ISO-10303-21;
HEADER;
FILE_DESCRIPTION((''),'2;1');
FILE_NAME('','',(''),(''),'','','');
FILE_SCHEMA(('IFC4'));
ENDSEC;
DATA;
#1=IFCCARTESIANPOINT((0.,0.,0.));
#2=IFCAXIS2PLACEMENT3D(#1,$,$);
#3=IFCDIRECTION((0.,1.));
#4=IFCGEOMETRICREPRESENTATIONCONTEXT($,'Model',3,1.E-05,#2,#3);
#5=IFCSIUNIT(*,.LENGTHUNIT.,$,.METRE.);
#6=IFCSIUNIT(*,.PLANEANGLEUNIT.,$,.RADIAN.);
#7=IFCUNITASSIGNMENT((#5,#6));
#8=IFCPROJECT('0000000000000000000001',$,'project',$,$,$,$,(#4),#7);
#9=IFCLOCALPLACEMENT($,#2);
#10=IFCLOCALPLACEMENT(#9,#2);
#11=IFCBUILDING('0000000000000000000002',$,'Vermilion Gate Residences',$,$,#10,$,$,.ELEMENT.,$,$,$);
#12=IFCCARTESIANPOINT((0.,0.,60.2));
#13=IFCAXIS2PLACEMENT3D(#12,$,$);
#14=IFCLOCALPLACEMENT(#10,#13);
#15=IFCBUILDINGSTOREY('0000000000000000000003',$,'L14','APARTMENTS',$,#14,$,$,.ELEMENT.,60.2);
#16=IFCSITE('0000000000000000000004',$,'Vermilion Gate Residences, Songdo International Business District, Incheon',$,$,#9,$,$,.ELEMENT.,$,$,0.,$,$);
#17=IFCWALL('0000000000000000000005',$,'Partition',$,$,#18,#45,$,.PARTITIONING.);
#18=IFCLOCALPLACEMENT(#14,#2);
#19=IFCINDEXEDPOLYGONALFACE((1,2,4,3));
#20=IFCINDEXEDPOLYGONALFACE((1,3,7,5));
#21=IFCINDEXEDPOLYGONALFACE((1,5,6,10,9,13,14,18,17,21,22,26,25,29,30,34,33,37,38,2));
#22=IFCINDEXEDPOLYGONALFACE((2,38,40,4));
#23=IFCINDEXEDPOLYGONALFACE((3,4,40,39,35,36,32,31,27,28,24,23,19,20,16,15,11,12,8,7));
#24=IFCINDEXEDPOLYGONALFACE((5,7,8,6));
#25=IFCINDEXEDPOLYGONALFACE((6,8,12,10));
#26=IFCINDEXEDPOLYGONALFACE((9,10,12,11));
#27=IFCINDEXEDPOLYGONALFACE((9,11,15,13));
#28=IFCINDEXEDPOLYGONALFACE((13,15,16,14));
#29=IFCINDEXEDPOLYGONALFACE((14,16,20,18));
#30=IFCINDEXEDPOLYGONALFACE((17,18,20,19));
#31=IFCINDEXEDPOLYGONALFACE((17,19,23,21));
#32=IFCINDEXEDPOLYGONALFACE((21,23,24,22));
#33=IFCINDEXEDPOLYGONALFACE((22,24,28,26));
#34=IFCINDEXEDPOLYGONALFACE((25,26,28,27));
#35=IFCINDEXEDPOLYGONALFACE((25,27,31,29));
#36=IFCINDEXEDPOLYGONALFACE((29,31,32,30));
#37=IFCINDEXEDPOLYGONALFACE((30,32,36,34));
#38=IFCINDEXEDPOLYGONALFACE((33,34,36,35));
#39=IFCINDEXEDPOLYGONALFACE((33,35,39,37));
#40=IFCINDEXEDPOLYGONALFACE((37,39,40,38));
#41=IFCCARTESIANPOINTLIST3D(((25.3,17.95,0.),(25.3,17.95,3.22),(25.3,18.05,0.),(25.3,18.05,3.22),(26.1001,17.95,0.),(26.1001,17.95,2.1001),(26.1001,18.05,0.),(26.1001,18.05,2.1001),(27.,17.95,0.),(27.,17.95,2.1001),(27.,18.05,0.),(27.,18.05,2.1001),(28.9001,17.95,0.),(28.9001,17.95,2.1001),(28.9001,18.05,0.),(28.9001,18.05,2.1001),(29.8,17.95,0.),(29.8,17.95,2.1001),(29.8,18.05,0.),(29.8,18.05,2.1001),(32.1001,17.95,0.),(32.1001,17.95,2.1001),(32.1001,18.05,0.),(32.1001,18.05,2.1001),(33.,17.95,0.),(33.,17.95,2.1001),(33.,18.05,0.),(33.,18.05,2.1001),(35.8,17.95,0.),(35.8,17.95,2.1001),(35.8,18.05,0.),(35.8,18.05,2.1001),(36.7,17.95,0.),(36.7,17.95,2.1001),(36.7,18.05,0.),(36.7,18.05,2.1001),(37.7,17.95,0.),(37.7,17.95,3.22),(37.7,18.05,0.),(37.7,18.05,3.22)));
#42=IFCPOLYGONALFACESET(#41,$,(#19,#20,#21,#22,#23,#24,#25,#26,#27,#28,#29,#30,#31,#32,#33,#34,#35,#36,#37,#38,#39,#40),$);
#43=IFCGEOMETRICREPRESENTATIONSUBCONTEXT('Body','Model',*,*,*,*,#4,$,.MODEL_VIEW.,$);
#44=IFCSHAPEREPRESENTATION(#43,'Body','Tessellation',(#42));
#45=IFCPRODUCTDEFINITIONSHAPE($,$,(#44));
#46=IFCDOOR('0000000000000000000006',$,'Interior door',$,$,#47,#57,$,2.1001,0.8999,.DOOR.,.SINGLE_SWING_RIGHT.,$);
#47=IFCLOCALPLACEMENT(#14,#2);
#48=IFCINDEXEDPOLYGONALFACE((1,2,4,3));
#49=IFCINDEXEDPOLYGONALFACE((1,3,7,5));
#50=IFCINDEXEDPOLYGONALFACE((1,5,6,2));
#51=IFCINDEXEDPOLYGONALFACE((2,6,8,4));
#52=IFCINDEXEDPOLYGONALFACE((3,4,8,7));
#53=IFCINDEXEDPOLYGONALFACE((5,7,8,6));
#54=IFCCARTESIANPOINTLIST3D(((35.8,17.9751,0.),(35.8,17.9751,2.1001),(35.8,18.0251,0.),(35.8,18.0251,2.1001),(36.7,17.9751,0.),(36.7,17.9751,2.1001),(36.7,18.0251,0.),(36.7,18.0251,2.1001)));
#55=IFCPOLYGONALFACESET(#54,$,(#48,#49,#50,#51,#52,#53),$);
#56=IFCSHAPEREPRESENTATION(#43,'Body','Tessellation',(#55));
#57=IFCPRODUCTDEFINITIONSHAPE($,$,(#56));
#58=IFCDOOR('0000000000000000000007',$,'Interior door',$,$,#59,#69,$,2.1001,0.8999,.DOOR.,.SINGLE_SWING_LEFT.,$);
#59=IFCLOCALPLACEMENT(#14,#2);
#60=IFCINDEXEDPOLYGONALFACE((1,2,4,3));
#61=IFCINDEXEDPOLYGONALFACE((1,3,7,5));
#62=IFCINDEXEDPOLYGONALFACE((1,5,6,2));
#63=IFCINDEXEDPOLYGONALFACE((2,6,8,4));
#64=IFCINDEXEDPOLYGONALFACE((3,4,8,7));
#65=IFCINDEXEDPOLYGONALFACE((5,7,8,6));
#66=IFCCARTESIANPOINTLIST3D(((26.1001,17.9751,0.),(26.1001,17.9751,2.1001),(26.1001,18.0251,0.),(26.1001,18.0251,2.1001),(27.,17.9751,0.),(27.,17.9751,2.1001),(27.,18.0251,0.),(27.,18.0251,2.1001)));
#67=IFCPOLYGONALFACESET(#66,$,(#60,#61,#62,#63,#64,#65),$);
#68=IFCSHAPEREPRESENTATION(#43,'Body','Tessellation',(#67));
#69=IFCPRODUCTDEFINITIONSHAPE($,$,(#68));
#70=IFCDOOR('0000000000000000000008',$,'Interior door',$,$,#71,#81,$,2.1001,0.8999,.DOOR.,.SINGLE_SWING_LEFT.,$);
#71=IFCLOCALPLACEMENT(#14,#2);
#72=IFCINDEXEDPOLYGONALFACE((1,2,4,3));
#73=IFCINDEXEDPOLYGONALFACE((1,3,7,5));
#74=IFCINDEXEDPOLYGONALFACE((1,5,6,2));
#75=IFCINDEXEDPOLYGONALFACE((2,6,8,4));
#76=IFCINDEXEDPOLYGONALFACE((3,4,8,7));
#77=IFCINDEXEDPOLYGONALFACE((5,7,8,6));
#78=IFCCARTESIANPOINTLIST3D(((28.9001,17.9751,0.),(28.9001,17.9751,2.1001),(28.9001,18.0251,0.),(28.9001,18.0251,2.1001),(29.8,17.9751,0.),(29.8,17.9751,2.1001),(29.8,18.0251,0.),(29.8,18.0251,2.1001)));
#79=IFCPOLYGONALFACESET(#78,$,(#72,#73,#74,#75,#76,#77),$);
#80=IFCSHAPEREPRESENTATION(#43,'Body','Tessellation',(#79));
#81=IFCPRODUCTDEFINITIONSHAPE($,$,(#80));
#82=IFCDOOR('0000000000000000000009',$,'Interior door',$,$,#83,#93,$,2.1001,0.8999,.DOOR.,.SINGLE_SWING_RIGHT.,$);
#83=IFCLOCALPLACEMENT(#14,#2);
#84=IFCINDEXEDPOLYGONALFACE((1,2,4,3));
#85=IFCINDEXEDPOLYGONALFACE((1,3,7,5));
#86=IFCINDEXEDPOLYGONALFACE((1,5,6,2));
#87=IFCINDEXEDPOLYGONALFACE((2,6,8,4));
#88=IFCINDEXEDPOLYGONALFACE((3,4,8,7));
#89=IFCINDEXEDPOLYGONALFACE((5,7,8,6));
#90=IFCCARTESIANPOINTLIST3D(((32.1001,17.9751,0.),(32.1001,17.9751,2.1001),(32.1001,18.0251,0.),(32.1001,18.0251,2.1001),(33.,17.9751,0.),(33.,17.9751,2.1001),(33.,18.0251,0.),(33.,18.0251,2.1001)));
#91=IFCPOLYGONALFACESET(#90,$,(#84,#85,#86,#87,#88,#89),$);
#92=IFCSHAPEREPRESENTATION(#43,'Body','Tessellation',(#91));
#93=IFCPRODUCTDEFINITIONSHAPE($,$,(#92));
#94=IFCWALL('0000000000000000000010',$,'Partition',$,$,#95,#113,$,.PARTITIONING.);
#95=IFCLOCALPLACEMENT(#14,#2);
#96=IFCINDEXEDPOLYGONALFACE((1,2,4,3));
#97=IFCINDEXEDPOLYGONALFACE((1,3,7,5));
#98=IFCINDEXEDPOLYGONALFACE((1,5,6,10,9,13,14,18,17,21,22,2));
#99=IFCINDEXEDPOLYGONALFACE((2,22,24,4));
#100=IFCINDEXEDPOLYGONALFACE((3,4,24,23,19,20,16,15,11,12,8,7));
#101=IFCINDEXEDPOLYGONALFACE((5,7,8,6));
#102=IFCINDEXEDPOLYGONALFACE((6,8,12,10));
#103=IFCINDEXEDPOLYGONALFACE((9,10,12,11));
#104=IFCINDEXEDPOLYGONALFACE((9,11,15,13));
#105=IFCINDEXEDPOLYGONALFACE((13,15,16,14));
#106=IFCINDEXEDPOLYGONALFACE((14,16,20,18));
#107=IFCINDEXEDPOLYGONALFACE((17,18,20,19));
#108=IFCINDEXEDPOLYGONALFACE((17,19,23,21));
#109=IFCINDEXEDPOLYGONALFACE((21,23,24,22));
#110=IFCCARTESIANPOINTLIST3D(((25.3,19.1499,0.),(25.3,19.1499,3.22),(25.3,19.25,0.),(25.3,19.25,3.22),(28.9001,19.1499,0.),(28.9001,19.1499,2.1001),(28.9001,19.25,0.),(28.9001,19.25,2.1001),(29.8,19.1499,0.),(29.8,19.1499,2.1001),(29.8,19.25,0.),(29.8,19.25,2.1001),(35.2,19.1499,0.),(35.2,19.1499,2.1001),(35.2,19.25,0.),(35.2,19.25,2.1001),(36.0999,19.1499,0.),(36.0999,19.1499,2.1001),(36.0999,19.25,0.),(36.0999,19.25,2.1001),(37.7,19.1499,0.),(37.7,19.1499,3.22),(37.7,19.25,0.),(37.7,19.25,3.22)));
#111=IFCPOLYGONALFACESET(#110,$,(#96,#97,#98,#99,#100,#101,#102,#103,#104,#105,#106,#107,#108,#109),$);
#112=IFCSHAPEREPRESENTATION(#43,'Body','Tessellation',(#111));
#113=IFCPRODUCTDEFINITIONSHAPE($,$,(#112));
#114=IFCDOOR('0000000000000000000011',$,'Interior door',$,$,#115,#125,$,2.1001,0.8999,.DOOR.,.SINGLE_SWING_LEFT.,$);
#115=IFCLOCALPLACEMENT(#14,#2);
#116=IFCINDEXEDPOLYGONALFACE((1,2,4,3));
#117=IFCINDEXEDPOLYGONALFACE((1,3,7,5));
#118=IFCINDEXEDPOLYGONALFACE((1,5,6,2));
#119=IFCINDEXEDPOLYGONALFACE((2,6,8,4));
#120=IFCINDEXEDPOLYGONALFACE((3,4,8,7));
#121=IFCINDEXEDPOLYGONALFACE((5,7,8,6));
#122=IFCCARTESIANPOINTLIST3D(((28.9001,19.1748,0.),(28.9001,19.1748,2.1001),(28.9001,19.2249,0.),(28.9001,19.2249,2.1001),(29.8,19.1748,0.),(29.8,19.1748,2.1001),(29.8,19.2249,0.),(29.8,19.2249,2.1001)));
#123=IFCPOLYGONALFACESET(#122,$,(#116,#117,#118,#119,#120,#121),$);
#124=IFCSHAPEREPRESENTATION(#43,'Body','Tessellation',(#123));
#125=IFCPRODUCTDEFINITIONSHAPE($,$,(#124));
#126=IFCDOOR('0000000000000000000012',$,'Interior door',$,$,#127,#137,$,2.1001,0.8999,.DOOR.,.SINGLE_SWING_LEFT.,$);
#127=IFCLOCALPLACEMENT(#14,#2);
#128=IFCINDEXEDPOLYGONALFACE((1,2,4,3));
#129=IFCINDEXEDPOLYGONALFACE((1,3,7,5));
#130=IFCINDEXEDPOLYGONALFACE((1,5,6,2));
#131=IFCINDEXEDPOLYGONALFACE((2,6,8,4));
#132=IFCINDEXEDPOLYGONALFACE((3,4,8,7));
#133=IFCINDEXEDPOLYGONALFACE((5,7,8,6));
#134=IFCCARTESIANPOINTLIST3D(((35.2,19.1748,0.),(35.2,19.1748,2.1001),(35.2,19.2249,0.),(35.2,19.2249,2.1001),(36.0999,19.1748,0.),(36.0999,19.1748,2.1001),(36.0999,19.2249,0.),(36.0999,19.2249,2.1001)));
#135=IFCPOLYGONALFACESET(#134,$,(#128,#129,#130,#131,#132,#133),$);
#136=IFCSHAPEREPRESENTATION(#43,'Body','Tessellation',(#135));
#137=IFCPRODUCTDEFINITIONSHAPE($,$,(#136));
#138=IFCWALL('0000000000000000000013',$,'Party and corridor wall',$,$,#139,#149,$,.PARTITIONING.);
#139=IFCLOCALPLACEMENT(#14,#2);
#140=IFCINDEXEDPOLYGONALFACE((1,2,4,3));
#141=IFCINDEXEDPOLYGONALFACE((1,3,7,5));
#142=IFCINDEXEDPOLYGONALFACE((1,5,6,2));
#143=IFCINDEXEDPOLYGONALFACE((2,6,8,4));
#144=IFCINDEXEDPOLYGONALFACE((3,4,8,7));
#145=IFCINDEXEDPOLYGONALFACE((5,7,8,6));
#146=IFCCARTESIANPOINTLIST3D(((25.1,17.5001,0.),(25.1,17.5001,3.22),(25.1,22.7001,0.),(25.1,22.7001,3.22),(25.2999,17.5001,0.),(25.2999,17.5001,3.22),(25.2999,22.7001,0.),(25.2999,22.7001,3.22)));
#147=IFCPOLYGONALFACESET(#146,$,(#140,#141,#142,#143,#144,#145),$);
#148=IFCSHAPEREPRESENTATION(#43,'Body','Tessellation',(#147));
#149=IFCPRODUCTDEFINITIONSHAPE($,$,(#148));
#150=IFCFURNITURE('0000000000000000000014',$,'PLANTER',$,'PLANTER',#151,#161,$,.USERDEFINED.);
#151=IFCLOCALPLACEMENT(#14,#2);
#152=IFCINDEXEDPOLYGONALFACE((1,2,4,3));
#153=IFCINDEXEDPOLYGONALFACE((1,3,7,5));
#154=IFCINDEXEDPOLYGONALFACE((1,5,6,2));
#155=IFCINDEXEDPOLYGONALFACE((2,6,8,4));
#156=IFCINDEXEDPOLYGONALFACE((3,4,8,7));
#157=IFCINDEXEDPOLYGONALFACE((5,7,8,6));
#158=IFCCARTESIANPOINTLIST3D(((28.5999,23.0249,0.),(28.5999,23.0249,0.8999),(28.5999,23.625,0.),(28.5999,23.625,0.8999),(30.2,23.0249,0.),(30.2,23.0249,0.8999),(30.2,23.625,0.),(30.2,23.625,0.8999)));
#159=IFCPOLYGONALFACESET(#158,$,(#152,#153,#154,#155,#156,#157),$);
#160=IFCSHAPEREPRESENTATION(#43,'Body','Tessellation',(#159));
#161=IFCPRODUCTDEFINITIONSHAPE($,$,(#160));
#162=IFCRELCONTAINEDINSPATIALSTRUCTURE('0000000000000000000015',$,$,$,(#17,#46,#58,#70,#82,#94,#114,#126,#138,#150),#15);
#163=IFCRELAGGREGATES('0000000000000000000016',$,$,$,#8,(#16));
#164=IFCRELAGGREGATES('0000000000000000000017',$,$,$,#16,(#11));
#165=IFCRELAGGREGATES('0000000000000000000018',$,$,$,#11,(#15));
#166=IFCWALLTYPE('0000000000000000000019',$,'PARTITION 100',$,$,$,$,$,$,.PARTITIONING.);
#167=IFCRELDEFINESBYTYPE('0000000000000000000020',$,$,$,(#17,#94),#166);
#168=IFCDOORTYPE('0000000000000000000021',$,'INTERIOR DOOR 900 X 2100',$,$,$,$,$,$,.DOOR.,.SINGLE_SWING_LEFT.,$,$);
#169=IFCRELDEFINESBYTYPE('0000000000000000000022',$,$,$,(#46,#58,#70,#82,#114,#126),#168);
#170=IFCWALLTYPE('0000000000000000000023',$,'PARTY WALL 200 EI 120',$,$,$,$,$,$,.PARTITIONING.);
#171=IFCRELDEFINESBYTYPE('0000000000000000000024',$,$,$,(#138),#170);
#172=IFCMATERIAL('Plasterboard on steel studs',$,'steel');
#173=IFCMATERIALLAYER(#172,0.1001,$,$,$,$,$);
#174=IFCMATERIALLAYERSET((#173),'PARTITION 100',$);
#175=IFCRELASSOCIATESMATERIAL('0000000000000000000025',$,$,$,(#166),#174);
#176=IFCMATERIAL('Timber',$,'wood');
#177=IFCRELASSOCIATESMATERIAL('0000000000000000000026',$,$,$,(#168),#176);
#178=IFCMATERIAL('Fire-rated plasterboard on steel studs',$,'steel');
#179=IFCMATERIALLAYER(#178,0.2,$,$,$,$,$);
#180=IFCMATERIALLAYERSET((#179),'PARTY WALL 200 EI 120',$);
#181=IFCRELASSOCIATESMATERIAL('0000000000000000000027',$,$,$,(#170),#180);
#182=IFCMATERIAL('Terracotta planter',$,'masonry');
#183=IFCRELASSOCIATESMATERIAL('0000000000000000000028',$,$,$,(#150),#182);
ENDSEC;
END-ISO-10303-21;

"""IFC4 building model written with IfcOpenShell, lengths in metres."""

from ifc_helpers import new_model, si_unit, direction, frame, frame_2d, origin, origin_2d, place, context, subcontext, project, spatial, rectangle, extrude, material, layer, layer_set, type_object, element, fill, save


model = new_model("IFC4")

# Units and contexts
model_context = context("Model", 3, precision=1e-05, world=origin(), true_north=direction((0.0, 1.0)))
body_context = subcontext(model_context, "Body", "Model", "MODEL_VIEW")
ifc_project = project(units=[si_unit("LENGTHUNIT", "METRE"), si_unit("PLANEANGLEUNIT", "RADIAN")], contexts=[model_context])

# Site, building, storey
site_placement = place(None, origin())
site = spatial("IfcSite", under=ifc_project, at=site_placement, Name="Vermilion Gate Residences, Songdo International Business District, Incheon", CompositionType="ELEMENT", RefElevation=0.0)
building_placement = place(site_placement, origin())
building = spatial("IfcBuilding", under=site, at=building_placement, Name="Vermilion Gate Residences", CompositionType="ELEMENT")
storey_placement = place(building_placement, frame((0.0, 0.0, 60.2)))
storey = spatial("IfcBuildingStorey", under=building, at=storey_placement, Name="L14", Description="APARTMENTS", CompositionType="ELEMENT", Elevation=60.2)

# Walls, openings, doors
ifc_material_1 = material(Name="Plasterboard on steel studs", Category="steel")
ifc_layer_1 = layer(ifc_material_1, 0.1001)
ifc_layer_set_1 = layer_set([ifc_layer_1], Name="PARTITION 100")
wall_type_1 = type_object("IfcWallType", Name="PARTITION 100", PredefinedType="PARTITIONING", material=ifc_layer_set_1)
wall_1_placement = place(storey_placement, frame((25.3, 18.0, 0.0), z_axis=(0.0, 0.0, 1.0), x_axis=(1.0, 0.0, 0.0)))
wall_1 = element("IfcWall", 1, at=wall_1_placement, inside=storey, type_object=wall_type_1, Name="Partition", PredefinedType="PARTITIONING", context=body_context, shape_type="SweptSolid", body=[
    extrude(rectangle(XDim=12.3999, YDim=0.1001, at=frame_2d((6.2, 0.0))), origin(), (0.0, 0.0, 1.0), 3.22),
])
opening_1_placement = place(wall_1_placement, frame((10.5, 0.0, 0.0)))
opening_1 = element("IfcOpeningElement", 2, at=opening_1_placement, cuts=wall_1, PredefinedType="OPENING", context=body_context, shape_type="SweptSolid", body=[
    extrude(rectangle(XDim=0.8999, YDim=2.1001, at=frame_2d((0.45, 1.05))), frame((0.0, 0.0601, 0.0), z_axis=(0.0, -1.0, 0.0), x_axis=(1.0, 0.0, 0.0)), (0.0, 0.0, 1.0), 0.1201),
])
opening_2_placement = place(wall_1_placement, frame((0.8, 0.0, 0.0)))
opening_2 = element("IfcOpeningElement", 3, at=opening_2_placement, cuts=wall_1, PredefinedType="OPENING", context=body_context, shape_type="SweptSolid", body=[
    extrude(rectangle(XDim=0.8999, YDim=2.1001, at=frame_2d((0.45, 1.05))), frame((0.0, 0.0601, 0.0), z_axis=(0.0, -1.0, 0.0), x_axis=(1.0, 0.0, 0.0)), (0.0, 0.0, 1.0), 0.1201),
])
opening_3_placement = place(wall_1_placement, frame((3.6001, 0.0, 0.0)))
opening_3 = element("IfcOpeningElement", 4, at=opening_3_placement, cuts=wall_1, PredefinedType="OPENING", context=body_context, shape_type="SweptSolid", body=[
    extrude(rectangle(XDim=0.8999, YDim=2.1001, at=frame_2d((0.45, 1.05))), frame((0.0, 0.0601, 0.0), z_axis=(0.0, -1.0, 0.0), x_axis=(1.0, 0.0, 0.0)), (0.0, 0.0, 1.0), 0.1201),
])
opening_4_placement = place(wall_1_placement, frame((6.8, 0.0, 0.0)))
opening_4 = element("IfcOpeningElement", 5, at=opening_4_placement, cuts=wall_1, PredefinedType="OPENING", context=body_context, shape_type="SweptSolid", body=[
    extrude(rectangle(XDim=0.8999, YDim=2.1001, at=frame_2d((0.45, 1.05))), frame((0.0, 0.0601, 0.0), z_axis=(0.0, -1.0, 0.0), x_axis=(1.0, 0.0, 0.0)), (0.0, 0.0, 1.0), 0.1201),
])
ifc_material_2 = material(Name="Timber", Category="wood")
door_type_1 = type_object("IfcDoorType", Name="INTERIOR DOOR 900 X 2100", OperationType="SINGLE_SWING_LEFT", PredefinedType="DOOR", material=ifc_material_2)
door_1_placement = place(opening_1_placement, frame((0.8999, 0.0, 0.0), z_axis=(0.0, 0.0, 1.0), x_axis=(-1.0, 0.0, 0.0)))
door_1 = element("IfcDoor", 6, at=door_1_placement, inside=storey, type_object=door_type_1, Name="Interior door", OperationType="SINGLE_SWING_RIGHT", OverallHeight=2.1001, OverallWidth=0.8999, PredefinedType="DOOR", context=body_context, shape_type="SweptSolid", body=[
    extrude(rectangle(XDim=0.8999, YDim=2.1001, at=frame_2d((0.45, 1.05))), frame((0.0, 0.0249, 0.0), z_axis=(0.0, -1.0, 0.0), x_axis=(1.0, 0.0, 0.0)), (0.0, 0.0, 1.0), 0.05),
])
fill(opening_1, door_1)
door_2_placement = place(opening_2_placement, frame((0.8999, 0.0, 0.0), z_axis=(0.0, 0.0, 1.0), x_axis=(-1.0, 0.0, 0.0)))
door_2 = element("IfcDoor", 7, at=door_2_placement, inside=storey, type_object=door_type_1, Name="Interior door", OperationType="SINGLE_SWING_LEFT", OverallHeight=2.1001, OverallWidth=0.8999, PredefinedType="DOOR", context=body_context, shape_type="SweptSolid", body=[
    extrude(rectangle(XDim=0.8999, YDim=2.1001, at=frame_2d((0.45, 1.05))), frame((0.0, 0.0249, 0.0), z_axis=(0.0, -1.0, 0.0), x_axis=(1.0, 0.0, 0.0)), (0.0, 0.0, 1.0), 0.05),
])
fill(opening_2, door_2)
door_3_placement = place(opening_3_placement, frame((0.8999, 0.0, 0.0), z_axis=(0.0, 0.0, 1.0), x_axis=(-1.0, 0.0, 0.0)))
door_3 = element("IfcDoor", 8, at=door_3_placement, inside=storey, type_object=door_type_1, Name="Interior door", OperationType="SINGLE_SWING_LEFT", OverallHeight=2.1001, OverallWidth=0.8999, PredefinedType="DOOR", context=body_context, shape_type="SweptSolid", body=[
    extrude(rectangle(XDim=0.8999, YDim=2.1001, at=frame_2d((0.45, 1.05))), frame((0.0, 0.0249, 0.0), z_axis=(0.0, -1.0, 0.0), x_axis=(1.0, 0.0, 0.0)), (0.0, 0.0, 1.0), 0.05),
])
fill(opening_3, door_3)
door_4_placement = place(opening_4_placement, frame((0.8999, 0.0, 0.0), z_axis=(0.0, 0.0, 1.0), x_axis=(-1.0, 0.0, 0.0)))
door_4 = element("IfcDoor", 9, at=door_4_placement, inside=storey, type_object=door_type_1, Name="Interior door", OperationType="SINGLE_SWING_RIGHT", OverallHeight=2.1001, OverallWidth=0.8999, PredefinedType="DOOR", context=body_context, shape_type="SweptSolid", body=[
    extrude(rectangle(XDim=0.8999, YDim=2.1001, at=frame_2d((0.45, 1.05))), frame((0.0, 0.0249, 0.0), z_axis=(0.0, -1.0, 0.0), x_axis=(1.0, 0.0, 0.0)), (0.0, 0.0, 1.0), 0.05),
])
fill(opening_4, door_4)
wall_2_placement = place(storey_placement, frame((25.3, 19.2, 0.0), z_axis=(0.0, 0.0, 1.0), x_axis=(1.0, 0.0, 0.0)))
wall_2 = element("IfcWall", 10, at=wall_2_placement, inside=storey, type_object=wall_type_1, Name="Partition", PredefinedType="PARTITIONING", context=body_context, shape_type="SweptSolid", body=[
    extrude(rectangle(XDim=12.3999, YDim=0.1001, at=frame_2d((6.2, 0.0))), origin(), (0.0, 0.0, 1.0), 3.22),
])
opening_5_placement = place(wall_2_placement, frame((3.6001, 0.0, 0.0)))
opening_5 = element("IfcOpeningElement", 11, at=opening_5_placement, cuts=wall_2, PredefinedType="OPENING", context=body_context, shape_type="SweptSolid", body=[
    extrude(rectangle(XDim=0.8999, YDim=2.1001, at=frame_2d((0.45, 1.05))), frame((0.0, 0.0601, 0.0), z_axis=(0.0, -1.0, 0.0), x_axis=(1.0, 0.0, 0.0)), (0.0, 0.0, 1.0), 0.1201),
])
opening_6_placement = place(wall_2_placement, frame((9.8999, 0.0, 0.0)))
opening_6 = element("IfcOpeningElement", 12, at=opening_6_placement, cuts=wall_2, PredefinedType="OPENING", context=body_context, shape_type="SweptSolid", body=[
    extrude(rectangle(XDim=0.8999, YDim=2.1001, at=frame_2d((0.45, 1.05))), frame((0.0, 0.0601, 0.0), z_axis=(0.0, -1.0, 0.0), x_axis=(1.0, 0.0, 0.0)), (0.0, 0.0, 1.0), 0.1201),
])
door_5_placement = place(opening_5_placement, origin())
door_5 = element("IfcDoor", 13, at=door_5_placement, inside=storey, type_object=door_type_1, Name="Interior door", OperationType="SINGLE_SWING_LEFT", OverallHeight=2.1001, OverallWidth=0.8999, PredefinedType="DOOR", context=body_context, shape_type="SweptSolid", body=[
    extrude(rectangle(XDim=0.8999, YDim=2.1001, at=frame_2d((0.45, 1.05))), frame((0.0, 0.0249, 0.0), z_axis=(0.0, -1.0, 0.0), x_axis=(1.0, 0.0, 0.0)), (0.0, 0.0, 1.0), 0.05),
])
fill(opening_5, door_5)
door_6_placement = place(opening_6_placement, origin())
door_6 = element("IfcDoor", 14, at=door_6_placement, inside=storey, type_object=door_type_1, Name="Interior door", OperationType="SINGLE_SWING_LEFT", OverallHeight=2.1001, OverallWidth=0.8999, PredefinedType="DOOR", context=body_context, shape_type="SweptSolid", body=[
    extrude(rectangle(XDim=0.8999, YDim=2.1001, at=frame_2d((0.45, 1.05))), frame((0.0, 0.0249, 0.0), z_axis=(0.0, -1.0, 0.0), x_axis=(1.0, 0.0, 0.0)), (0.0, 0.0, 1.0), 0.05),
])
fill(opening_6, door_6)

# Wall
ifc_material_3 = material(Name="Fire-rated plasterboard on steel studs", Category="steel")
ifc_layer_2 = layer(ifc_material_3, 0.2)
ifc_layer_set_2 = layer_set([ifc_layer_2], Name="PARTY WALL 200 EI 120")
wall_type_2 = type_object("IfcWallType", Name="PARTY WALL 200 EI 120", PredefinedType="PARTITIONING", material=ifc_layer_set_2)
wall_3_placement = place(storey_placement, frame((25.2, 17.5, 0.0), z_axis=(0.0, 0.0, 1.0), x_axis=(0.0, 1.0, 0.0)))
element("IfcWall", 15, at=wall_3_placement, inside=storey, type_object=wall_type_2, Name="Party and corridor wall", PredefinedType="PARTITIONING", context=body_context, shape_type="SweptSolid", body=[
    extrude(rectangle(XDim=5.2, YDim=0.2, at=frame_2d((2.6001, 0.0))), origin(), (0.0, 0.0, 1.0), 3.22),
])

# Furniture
ifc_material_4 = material(Name="Terracotta planter", Category="masonry")
for number, where, z_axis, x_axis, name in (
    (16, (29.3999, 23.325, 0.0), (0.0, 0.0, 1.0), (-1.0, 0.0, 0.0), "PLANTER"),
):
    element("IfcFurniture", number, at=place(storey_placement, frame(where, z_axis=z_axis, x_axis=x_axis)), inside=storey, material=ifc_material_4, Name=name, ObjectType="PLANTER", PredefinedType="USERDEFINED", context=body_context, shape_type="SweptSolid", body=[
        extrude(rectangle(XDim=1.6001, YDim=0.6001, at=origin_2d()), origin(), (0.0, 0.0, 1.0), 0.8999),
    ])

save(model, "model.ifc")
